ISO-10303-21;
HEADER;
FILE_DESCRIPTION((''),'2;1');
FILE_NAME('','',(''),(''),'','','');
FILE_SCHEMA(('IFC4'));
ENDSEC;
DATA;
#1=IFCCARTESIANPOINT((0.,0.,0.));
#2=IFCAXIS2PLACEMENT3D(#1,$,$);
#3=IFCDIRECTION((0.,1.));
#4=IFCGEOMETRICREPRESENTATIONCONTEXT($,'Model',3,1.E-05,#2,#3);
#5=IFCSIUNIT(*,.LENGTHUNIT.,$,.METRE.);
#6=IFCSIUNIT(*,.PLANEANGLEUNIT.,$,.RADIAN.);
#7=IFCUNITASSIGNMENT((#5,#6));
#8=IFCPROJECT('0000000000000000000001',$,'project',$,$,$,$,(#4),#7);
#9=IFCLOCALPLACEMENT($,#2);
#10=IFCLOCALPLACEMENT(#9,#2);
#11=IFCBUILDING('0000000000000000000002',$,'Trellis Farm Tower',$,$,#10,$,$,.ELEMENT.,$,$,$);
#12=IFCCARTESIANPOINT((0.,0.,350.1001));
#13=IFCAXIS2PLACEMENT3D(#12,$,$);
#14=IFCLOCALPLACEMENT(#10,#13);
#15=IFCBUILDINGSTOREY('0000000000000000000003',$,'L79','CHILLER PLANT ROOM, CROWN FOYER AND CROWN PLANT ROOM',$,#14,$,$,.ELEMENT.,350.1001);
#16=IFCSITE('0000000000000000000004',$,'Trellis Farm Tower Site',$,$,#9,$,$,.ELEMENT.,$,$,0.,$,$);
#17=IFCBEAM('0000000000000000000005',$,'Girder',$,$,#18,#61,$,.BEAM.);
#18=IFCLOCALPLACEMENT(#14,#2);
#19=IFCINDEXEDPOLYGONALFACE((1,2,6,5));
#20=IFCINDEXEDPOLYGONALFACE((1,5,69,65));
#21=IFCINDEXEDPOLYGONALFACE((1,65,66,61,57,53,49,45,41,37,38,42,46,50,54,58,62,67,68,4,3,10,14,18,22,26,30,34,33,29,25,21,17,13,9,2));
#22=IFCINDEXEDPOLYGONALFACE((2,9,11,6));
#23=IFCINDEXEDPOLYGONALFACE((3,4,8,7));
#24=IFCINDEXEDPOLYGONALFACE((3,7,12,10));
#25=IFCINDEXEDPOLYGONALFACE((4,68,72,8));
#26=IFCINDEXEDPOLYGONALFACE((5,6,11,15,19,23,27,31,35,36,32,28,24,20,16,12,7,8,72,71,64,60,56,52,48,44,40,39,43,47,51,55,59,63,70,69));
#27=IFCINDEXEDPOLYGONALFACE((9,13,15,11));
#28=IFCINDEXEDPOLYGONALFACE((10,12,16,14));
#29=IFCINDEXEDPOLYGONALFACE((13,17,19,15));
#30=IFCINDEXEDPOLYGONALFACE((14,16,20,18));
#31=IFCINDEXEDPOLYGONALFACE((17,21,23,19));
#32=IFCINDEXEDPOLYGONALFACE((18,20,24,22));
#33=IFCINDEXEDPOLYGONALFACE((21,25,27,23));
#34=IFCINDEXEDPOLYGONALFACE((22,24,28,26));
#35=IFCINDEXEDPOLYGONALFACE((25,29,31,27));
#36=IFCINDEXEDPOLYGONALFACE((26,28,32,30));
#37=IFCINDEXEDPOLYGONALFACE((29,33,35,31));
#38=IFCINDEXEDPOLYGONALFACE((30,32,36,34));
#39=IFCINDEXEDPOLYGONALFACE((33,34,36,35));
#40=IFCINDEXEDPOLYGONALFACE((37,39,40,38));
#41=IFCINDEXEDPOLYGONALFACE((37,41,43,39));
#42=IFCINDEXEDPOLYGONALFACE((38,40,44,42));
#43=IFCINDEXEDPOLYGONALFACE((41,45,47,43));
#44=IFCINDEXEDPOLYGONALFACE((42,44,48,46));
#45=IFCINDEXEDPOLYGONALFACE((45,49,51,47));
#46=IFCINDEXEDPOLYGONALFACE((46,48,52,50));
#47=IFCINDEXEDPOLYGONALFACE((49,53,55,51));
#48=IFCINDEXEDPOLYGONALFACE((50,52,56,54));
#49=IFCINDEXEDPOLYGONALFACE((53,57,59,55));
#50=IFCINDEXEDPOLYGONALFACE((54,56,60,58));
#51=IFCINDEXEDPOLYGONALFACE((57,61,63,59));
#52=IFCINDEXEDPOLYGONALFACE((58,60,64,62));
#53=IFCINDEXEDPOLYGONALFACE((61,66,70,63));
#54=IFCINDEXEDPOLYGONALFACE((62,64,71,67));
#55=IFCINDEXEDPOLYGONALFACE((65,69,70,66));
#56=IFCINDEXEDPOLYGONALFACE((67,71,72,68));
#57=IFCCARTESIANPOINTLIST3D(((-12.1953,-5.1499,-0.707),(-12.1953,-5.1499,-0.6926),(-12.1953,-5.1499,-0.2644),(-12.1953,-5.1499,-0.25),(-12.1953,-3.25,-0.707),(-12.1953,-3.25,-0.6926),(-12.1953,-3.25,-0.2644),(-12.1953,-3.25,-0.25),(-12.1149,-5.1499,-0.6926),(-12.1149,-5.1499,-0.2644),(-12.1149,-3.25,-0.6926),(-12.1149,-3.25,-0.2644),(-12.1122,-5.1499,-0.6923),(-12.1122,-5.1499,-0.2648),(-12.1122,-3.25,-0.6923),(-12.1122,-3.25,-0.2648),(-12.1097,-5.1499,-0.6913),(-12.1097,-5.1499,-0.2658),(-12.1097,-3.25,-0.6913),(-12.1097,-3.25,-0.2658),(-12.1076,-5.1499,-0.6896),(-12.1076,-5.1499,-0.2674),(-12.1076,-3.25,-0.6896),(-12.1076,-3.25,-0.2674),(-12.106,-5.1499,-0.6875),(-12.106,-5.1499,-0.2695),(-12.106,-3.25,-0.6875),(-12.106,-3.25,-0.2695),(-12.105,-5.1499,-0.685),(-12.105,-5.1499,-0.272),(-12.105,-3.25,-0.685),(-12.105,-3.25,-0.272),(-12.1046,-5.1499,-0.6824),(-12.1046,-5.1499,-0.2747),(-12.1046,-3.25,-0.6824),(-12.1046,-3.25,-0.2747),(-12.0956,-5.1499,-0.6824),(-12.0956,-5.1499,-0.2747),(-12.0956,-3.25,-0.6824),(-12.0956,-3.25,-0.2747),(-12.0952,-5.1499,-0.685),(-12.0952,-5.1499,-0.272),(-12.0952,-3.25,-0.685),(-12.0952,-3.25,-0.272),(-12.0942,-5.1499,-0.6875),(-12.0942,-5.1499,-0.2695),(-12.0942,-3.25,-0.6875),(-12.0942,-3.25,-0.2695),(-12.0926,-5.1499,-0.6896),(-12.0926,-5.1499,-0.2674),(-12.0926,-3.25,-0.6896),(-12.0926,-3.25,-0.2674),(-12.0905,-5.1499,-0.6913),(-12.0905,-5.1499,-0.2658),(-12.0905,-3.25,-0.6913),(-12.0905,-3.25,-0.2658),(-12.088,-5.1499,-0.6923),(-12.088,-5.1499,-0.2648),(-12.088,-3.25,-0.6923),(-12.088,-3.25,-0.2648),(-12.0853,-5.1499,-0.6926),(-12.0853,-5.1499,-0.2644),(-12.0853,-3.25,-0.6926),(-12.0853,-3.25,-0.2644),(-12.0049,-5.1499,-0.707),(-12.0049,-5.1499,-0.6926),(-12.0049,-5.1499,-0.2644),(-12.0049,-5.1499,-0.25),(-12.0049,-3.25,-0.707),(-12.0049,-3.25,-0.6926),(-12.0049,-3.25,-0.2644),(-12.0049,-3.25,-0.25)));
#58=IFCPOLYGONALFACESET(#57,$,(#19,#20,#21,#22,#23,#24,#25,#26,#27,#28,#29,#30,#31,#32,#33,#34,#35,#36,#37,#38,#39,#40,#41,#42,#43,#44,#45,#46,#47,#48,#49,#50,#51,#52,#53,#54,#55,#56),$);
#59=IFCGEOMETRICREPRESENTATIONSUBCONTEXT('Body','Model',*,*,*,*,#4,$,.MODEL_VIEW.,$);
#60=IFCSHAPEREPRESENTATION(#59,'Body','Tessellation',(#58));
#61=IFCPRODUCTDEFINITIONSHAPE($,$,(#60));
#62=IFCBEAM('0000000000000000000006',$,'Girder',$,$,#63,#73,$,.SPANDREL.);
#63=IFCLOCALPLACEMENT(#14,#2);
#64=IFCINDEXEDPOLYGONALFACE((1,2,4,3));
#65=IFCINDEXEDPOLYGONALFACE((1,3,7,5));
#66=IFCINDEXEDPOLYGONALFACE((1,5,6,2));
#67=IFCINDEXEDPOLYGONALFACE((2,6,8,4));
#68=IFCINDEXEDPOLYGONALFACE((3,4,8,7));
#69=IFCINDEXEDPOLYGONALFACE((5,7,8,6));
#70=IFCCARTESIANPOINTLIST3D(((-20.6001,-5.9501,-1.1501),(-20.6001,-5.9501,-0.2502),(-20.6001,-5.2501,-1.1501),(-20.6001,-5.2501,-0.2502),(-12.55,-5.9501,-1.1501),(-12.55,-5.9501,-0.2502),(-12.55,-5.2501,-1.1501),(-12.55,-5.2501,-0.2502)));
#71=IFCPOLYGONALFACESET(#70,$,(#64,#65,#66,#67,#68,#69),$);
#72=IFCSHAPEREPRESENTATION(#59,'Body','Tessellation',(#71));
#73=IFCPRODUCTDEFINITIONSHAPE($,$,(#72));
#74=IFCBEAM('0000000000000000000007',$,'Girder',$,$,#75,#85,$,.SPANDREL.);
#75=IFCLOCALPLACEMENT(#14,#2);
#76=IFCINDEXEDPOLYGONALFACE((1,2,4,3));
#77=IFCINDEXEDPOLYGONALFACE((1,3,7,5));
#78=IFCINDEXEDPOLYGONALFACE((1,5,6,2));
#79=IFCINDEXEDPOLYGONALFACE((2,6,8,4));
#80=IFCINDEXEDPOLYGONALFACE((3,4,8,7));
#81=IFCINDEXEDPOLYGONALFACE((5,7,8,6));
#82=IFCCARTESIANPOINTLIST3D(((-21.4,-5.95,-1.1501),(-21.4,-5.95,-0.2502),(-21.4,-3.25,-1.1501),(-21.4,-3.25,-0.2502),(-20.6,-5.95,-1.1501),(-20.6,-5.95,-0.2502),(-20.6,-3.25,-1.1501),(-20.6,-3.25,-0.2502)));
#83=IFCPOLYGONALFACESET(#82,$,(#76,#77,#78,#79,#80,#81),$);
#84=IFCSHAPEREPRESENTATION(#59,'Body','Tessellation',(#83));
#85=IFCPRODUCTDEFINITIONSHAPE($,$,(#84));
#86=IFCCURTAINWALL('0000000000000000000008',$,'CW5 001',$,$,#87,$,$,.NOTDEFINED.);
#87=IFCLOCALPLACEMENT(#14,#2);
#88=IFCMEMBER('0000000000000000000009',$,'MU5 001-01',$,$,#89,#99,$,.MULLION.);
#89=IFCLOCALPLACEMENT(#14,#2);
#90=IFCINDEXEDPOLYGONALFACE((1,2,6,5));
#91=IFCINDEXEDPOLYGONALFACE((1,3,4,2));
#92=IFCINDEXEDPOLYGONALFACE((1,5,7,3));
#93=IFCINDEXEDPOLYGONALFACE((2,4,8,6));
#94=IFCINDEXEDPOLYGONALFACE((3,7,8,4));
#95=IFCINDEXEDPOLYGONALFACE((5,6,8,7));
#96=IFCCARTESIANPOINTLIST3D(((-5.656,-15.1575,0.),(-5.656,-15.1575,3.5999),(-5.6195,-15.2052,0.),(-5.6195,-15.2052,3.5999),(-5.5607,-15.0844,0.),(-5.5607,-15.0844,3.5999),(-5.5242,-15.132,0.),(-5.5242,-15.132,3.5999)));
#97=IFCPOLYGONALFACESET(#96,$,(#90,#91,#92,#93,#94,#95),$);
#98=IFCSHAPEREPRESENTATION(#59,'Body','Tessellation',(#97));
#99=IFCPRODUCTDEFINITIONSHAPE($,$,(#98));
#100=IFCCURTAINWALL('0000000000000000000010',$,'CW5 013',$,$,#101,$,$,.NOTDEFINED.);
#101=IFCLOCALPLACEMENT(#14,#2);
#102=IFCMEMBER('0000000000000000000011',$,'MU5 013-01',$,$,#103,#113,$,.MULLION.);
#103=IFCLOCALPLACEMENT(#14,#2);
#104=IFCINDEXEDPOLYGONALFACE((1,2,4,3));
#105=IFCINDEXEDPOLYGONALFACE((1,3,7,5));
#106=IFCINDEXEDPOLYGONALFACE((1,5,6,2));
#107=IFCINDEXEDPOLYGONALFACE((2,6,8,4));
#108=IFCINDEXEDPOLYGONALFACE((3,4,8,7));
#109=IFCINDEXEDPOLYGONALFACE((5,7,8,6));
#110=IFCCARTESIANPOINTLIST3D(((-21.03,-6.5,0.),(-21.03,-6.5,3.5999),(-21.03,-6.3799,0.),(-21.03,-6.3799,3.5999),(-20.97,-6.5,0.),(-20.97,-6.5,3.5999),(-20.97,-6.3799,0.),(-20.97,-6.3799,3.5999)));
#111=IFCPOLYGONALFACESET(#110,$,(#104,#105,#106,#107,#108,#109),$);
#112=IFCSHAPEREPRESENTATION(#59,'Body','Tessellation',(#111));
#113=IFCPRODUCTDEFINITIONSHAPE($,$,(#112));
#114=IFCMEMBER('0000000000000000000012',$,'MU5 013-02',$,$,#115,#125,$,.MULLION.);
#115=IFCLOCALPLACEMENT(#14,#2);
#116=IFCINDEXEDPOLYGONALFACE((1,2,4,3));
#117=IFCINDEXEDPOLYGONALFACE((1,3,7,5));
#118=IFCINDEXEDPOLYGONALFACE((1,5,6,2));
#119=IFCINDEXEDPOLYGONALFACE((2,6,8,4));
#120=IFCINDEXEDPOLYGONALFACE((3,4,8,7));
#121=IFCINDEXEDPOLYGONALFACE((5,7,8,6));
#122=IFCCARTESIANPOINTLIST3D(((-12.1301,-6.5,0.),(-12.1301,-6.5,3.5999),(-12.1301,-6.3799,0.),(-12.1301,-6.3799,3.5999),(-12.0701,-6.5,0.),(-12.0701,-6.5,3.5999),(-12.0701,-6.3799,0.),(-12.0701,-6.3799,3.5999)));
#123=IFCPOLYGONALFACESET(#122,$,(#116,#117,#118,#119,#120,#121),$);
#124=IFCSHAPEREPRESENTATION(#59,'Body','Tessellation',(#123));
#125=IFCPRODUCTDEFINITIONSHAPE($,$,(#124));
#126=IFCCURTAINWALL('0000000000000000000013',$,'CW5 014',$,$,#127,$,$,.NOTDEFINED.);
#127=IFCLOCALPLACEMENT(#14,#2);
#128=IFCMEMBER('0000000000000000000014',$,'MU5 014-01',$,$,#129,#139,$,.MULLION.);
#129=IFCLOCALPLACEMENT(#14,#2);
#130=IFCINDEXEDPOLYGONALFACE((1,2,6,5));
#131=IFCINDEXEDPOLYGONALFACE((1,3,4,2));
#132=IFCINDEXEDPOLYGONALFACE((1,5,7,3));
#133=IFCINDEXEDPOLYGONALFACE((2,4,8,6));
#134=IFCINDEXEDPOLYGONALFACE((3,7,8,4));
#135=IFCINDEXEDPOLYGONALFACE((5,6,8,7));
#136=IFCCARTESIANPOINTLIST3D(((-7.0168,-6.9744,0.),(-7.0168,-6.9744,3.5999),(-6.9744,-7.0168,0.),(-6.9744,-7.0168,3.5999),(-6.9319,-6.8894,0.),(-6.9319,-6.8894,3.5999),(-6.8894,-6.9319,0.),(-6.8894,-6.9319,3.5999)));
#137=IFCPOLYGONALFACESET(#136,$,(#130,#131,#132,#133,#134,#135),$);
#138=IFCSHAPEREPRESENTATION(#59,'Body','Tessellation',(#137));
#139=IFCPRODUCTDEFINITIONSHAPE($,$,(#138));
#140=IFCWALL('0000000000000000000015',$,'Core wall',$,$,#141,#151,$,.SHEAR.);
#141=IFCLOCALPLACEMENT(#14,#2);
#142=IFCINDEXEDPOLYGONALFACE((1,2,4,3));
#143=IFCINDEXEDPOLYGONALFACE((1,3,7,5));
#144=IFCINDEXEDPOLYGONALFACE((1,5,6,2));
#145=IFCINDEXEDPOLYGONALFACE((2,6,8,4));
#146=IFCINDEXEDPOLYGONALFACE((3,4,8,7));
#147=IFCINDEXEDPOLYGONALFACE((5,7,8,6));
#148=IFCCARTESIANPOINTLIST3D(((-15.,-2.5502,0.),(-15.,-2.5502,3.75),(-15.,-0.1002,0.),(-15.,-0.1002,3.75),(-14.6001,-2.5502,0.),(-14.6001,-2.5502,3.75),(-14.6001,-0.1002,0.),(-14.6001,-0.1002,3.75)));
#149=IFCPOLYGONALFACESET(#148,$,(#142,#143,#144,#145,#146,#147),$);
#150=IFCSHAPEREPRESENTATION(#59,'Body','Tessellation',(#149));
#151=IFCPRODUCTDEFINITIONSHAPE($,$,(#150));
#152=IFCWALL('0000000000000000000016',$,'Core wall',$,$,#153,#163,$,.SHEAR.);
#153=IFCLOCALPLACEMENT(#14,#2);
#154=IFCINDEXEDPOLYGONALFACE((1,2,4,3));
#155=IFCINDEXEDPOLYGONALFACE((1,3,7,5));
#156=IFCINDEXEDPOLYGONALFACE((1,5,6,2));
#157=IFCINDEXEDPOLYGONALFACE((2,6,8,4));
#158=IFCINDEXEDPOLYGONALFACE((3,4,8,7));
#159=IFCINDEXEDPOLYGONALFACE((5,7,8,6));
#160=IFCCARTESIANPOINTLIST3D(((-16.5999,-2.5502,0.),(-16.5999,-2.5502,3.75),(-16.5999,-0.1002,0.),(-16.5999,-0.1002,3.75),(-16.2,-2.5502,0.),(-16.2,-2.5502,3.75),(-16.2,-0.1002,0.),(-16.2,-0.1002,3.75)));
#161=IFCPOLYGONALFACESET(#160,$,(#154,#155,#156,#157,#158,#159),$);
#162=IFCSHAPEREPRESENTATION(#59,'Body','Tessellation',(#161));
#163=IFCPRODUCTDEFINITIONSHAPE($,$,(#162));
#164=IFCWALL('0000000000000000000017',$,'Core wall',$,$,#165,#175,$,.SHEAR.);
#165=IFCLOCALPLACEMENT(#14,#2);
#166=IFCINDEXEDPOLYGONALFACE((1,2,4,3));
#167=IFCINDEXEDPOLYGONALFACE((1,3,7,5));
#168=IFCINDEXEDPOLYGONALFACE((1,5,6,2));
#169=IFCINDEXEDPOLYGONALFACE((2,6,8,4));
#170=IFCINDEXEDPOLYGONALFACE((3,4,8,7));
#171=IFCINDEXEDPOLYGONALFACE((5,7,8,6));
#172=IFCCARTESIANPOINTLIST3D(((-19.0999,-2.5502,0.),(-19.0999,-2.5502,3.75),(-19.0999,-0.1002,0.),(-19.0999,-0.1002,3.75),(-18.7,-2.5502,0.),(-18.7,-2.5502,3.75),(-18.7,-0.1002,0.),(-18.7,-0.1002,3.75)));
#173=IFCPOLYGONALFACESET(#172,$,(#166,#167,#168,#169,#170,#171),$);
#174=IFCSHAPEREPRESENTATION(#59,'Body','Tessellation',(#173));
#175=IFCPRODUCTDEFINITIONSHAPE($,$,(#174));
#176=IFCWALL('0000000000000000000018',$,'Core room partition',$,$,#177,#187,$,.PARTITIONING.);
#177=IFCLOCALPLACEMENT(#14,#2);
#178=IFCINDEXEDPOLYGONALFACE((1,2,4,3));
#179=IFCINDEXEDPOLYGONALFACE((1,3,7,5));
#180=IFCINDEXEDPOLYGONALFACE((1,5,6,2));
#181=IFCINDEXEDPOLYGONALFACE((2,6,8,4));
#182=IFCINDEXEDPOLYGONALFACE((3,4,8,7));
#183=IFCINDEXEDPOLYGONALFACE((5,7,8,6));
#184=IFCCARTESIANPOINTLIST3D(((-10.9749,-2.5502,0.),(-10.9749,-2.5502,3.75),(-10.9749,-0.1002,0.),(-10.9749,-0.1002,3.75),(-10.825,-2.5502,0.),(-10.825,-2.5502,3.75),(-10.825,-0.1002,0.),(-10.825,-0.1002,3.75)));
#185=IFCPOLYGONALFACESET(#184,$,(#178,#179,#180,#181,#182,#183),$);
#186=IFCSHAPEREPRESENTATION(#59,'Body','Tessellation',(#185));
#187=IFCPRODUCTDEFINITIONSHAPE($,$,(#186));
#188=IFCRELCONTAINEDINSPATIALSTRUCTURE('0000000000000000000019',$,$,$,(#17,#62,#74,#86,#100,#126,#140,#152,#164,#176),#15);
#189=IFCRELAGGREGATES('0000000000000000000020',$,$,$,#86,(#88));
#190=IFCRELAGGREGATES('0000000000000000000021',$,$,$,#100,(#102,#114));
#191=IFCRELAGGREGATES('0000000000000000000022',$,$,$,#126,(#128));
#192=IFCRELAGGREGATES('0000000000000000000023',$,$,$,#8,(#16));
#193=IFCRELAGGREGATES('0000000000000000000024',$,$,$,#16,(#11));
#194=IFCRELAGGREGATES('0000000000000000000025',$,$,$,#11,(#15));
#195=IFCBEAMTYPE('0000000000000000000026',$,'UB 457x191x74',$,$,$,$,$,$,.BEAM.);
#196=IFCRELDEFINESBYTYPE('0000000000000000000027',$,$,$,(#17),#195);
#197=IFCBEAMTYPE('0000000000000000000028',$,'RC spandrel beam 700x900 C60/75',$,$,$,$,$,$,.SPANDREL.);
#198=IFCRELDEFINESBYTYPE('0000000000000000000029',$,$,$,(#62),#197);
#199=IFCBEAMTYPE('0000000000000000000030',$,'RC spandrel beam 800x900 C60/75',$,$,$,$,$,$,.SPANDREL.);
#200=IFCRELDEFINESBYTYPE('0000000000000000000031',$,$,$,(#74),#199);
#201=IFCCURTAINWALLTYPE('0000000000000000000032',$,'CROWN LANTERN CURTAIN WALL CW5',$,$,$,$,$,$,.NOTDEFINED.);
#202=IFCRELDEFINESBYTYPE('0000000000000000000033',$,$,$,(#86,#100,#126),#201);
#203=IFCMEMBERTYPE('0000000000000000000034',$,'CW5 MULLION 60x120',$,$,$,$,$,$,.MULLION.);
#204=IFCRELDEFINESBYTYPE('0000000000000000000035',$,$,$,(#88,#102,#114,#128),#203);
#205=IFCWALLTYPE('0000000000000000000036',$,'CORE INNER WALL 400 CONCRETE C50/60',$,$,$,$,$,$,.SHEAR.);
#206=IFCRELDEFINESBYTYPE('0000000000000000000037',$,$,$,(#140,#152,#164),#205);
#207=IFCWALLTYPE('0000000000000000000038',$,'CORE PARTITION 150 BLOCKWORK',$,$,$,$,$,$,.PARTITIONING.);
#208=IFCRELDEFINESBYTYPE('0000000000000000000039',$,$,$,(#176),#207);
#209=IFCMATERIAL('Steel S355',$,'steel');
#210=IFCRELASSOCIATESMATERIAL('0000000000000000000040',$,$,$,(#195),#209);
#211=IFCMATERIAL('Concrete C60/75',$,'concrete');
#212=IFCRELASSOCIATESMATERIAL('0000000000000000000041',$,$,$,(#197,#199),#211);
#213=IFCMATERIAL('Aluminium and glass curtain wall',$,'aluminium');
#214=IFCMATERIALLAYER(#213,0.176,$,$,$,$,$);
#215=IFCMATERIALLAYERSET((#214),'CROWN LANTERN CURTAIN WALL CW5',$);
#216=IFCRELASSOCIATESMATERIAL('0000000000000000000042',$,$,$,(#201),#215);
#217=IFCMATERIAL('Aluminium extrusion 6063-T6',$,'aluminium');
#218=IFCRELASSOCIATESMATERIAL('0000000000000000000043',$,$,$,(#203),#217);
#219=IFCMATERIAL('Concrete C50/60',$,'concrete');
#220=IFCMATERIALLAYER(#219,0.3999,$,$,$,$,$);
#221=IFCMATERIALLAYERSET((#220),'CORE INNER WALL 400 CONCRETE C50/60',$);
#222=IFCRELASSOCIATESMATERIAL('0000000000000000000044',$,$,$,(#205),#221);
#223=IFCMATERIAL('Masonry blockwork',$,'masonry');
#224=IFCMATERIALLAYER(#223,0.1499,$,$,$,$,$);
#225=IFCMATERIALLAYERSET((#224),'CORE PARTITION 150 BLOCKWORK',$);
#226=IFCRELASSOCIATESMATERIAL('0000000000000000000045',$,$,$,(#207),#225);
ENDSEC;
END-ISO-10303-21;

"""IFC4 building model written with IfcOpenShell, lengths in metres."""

from ifc_helpers import new_model, si_unit, direction, frame, frame_2d, origin, origin_2d, place, context, subcontext, project, spatial, rectangle, i_section, extrude, source, transform, mapped, material, layer, layer_set, material_profile, profile_set, type_object, element, aggregate, save


model = new_model("IFC4")

# Units and contexts
model_context = context("Model", 3, precision=1e-05, world=origin(), true_north=direction((0.0, 1.0)))
body_context = subcontext(model_context, "Body", "Model", "MODEL_VIEW")
ifc_project = project(units=[si_unit("LENGTHUNIT", "METRE"), si_unit("PLANEANGLEUNIT", "RADIAN")], contexts=[model_context])

# Site, building, storey
site_placement = place(None, origin())
site = spatial("IfcSite", under=ifc_project, at=site_placement, Name="Trellis Farm Tower Site", CompositionType="ELEMENT", RefElevation=0.0)
building_placement = place(site_placement, origin())
building = spatial("IfcBuilding", under=site, at=building_placement, Name="Trellis Farm Tower", CompositionType="ELEMENT")
storey_placement = place(building_placement, frame((0.0, 0.0, 350.1001)))
storey = spatial("IfcBuildingStorey", under=building, at=storey_placement, Name="L79", Description="CHILLER PLANT ROOM, CROWN FOYER AND CROWN PLANT ROOM", CompositionType="ELEMENT", Elevation=350.1001)

# Shared definitions
ifc_material_1 = material(Name="Concrete C50/60", Category="concrete")

# Beams
ifc_material_2 = material(Name="Steel S355", Category="steel")
ifc_material_3 = material(Name="Concrete C60/75", Category="concrete")
ifc_material_profile_1 = material_profile(ifc_material_2, i_section(OverallWidth=0.1904, OverallDepth=0.457, WebThickness=0.009, FlangeThickness=0.0144, FilletRadius=0.0103, at=origin_2d()), Name="UB 457x191x74")
ifc_profile_set_1 = profile_set([ifc_material_profile_1], Name="Steel S355")
beam_type_1 = type_object("IfcBeamType", Name="UB 457x191x74", PredefinedType="BEAM", material=ifc_profile_set_1)
shared_shape_1 = source(origin(), body_context, "Body", "SweptSolid", [
    extrude(i_section(OverallWidth=0.1904, OverallDepth=0.457, WebThickness=0.009, FlangeThickness=0.0144, FilletRadius=0.0103, at=origin_2d()), origin(), (0.0, 0.0, 1.0), 1.8999),
])
beam_1_placement = place(storey_placement, frame((-12.1001, -5.1499, -0.4785), z_axis=(0.0, 1.0, 0.0), x_axis=(-1.0, 0.0, 0.0)))
element("IfcBeam", 1, at=beam_1_placement, inside=storey, type_object=beam_type_1, Name="Girder", PredefinedType="BEAM", context=body_context, shape_type="MappedRepresentation", body=[
    mapped(shared_shape_1, transform((0.0, 0.0, 0.0))),
])
ifc_material_profile_2 = material_profile(ifc_material_3, rectangle(XDim=0.7, YDim=0.8999, at=origin_2d()), Name="RC spandrel beam 700x900 C60/75")
ifc_profile_set_2 = profile_set([ifc_material_profile_2], Name="Concrete C60/75")
beam_type_2 = type_object("IfcBeamType", Name="RC spandrel beam 700x900 C60/75", PredefinedType="SPANDREL", material=ifc_profile_set_2)
shared_shape_2 = source(origin(), body_context, "Body", "SweptSolid", [
    extrude(rectangle(XDim=0.7, YDim=0.8999, at=origin_2d()), origin(), (0.0, 0.0, 1.0), 8.05),
])
beam_2_placement = place(storey_placement, frame((-20.6001, -5.6001, -0.7002), z_axis=(1.0, 0.0, 0.0), x_axis=(0.0, 1.0, 0.0)))
element("IfcBeam", 2, at=beam_2_placement, inside=storey, type_object=beam_type_2, Name="Girder", PredefinedType="SPANDREL", context=body_context, shape_type="MappedRepresentation", body=[
    mapped(shared_shape_2, transform((0.0, 0.0, 0.0))),
])
ifc_material_profile_3 = material_profile(ifc_material_3, rectangle(XDim=0.8, YDim=0.8999, at=origin_2d()), Name="RC spandrel beam 800x900 C60/75")
ifc_profile_set_3 = profile_set([ifc_material_profile_3], Name="Concrete C60/75")
beam_type_3 = type_object("IfcBeamType", Name="RC spandrel beam 800x900 C60/75", PredefinedType="SPANDREL", material=ifc_profile_set_3)
shared_shape_3 = source(origin(), body_context, "Body", "SweptSolid", [
    extrude(rectangle(XDim=0.8, YDim=0.8999, at=origin_2d()), origin(), (0.0, 0.0, 1.0), 2.7),
])
beam_3_placement = place(storey_placement, frame((-21.0, -5.95, -0.7002), z_axis=(0.0, 1.0, 0.0), x_axis=(-1.0, 0.0, 0.0)))
element("IfcBeam", 3, at=beam_3_placement, inside=storey, type_object=beam_type_3, Name="Girder", PredefinedType="SPANDREL", context=body_context, shape_type="MappedRepresentation", body=[
    mapped(shared_shape_3, transform((0.0, 0.0, 0.0))),
])

# Curtain wall, member
ifc_material_4 = material(Name="Aluminium and glass curtain wall", Category="aluminium")
ifc_layer_1 = layer(ifc_material_4, 0.176)
ifc_layer_set_1 = layer_set([ifc_layer_1], Name="CROWN LANTERN CURTAIN WALL CW5")
curtain_wall_type = type_object("IfcCurtainWallType", Name="CROWN LANTERN CURTAIN WALL CW5", PredefinedType="NOTDEFINED", material=ifc_layer_set_1)
placement = place(storey_placement, origin())
curtain_wall_1 = element("IfcCurtainWall", 4, at=placement, inside=storey, type_object=curtain_wall_type, Name="CW5 001", PredefinedType="NOTDEFINED")
ifc_material_5 = material(Name="Aluminium extrusion 6063-T6", Category="aluminium")
ifc_material_profile_4 = material_profile(ifc_material_5, rectangle(XDim=0.0601, YDim=0.1201, at=origin_2d()), Name="MULLION 60x120")
ifc_profile_set_4 = profile_set([ifc_material_profile_4], Name="Aluminium extrusion 6063-T6")
member_type = type_object("IfcMemberType", Name="CW5 MULLION 60x120", PredefinedType="MULLION", material=ifc_profile_set_4)
shared_shape_4 = source(origin(), body_context, "Body", "SweptSolid", [
    extrude(rectangle(XDim=0.0601, YDim=0.1201, at=origin_2d()), origin(), (0.0, 0.0, 1.0), 3.5999),
])
member_1_placement = place(storey_placement, frame((-5.5901, -15.1448, 0.0), z_axis=(0.0, 0.0, 1.0), x_axis=(0.608761, -0.793353, 0.0)))
member_1 = element("IfcMember", 5, at=member_1_placement, type_object=member_type, Name="MU5 001-01", PredefinedType="MULLION", context=body_context, shape_type="MappedRepresentation", body=[
    mapped(shared_shape_4, transform((0.0, 0.0, 0.0))),
])
aggregate(curtain_wall_1, [member_1])

# Curtain wall, members
curtain_wall_2 = element("IfcCurtainWall", 6, at=placement, inside=storey, type_object=curtain_wall_type, Name="CW5 013", PredefinedType="NOTDEFINED")
member_2_placement = place(storey_placement, frame((-21.0, -6.4399, 0.0), z_axis=(0.0, 0.0, 1.0), x_axis=(1.0, 0.0, 0.0)))
member_2 = element("IfcMember", 7, at=member_2_placement, type_object=member_type, Name="MU5 013-01", PredefinedType="MULLION", context=body_context, shape_type="MappedRepresentation", body=[
    mapped(shared_shape_4, transform((0.0, 0.0, 0.0))),
])
member_3_placement = place(storey_placement, frame((-12.1001, -6.4399, 0.0), z_axis=(0.0, 0.0, 1.0), x_axis=(1.0, 0.0, 0.0)))
member_3 = element("IfcMember", 8, at=member_3_placement, type_object=member_type, Name="MU5 013-02", PredefinedType="MULLION", context=body_context, shape_type="MappedRepresentation", body=[
    mapped(shared_shape_4, transform((0.0, 0.0, 0.0))),
])
aggregate(curtain_wall_2, [member_2, member_3])

# Curtain wall, member
curtain_wall_3 = element("IfcCurtainWall", 9, at=placement, inside=storey, type_object=curtain_wall_type, Name="CW5 014", PredefinedType="NOTDEFINED")
member_4_placement = place(storey_placement, frame((-6.9531, -6.9531, 0.0), z_axis=(0.0, 0.0, 1.0), x_axis=(0.707107, -0.707107, 0.0)))
member_4 = element("IfcMember", 10, at=member_4_placement, type_object=member_type, Name="MU5 014-01", PredefinedType="MULLION", context=body_context, shape_type="MappedRepresentation", body=[
    mapped(shared_shape_4, transform((0.0, 0.0, 0.0))),
])
aggregate(curtain_wall_3, [member_4])

# Walls
ifc_layer_2 = layer(ifc_material_1, 0.3999)
ifc_layer_set_2 = layer_set([ifc_layer_2], Name="CORE INNER WALL 400 CONCRETE C50/60")
wall_type_1 = type_object("IfcWallType", Name="CORE INNER WALL 400 CONCRETE C50/60", PredefinedType="SHEAR", material=ifc_layer_set_2)
shared_shape_5 = source(origin(), body_context, "Body", "SweptSolid", [
    extrude(rectangle(XDim=2.45, YDim=0.3999, at=frame_2d((1.2251, 0.0))), origin(), (0.0, 0.0, 1.0), 3.75),
])
for number, where, z_axis, x_axis, name in (
    (11, (-14.8, -0.1001, 0.0), (0.0, 0.0, 1.0), (0.0, -1.0, 0.0), "Core wall"),
    (12, (-16.3999, -0.1001, 0.0), (0.0, 0.0, 1.0), (0.0, -1.0, 0.0), "Core wall"),
    (13, (-18.8999, -0.1001, 0.0), (0.0, 0.0, 1.0), (0.0, -1.0, 0.0), "Core wall"),
):
    element("IfcWall", number, at=place(storey_placement, frame(where, z_axis=z_axis, x_axis=x_axis)), inside=storey, type_object=wall_type_1, Name=name, PredefinedType="SHEAR", context=body_context, shape_type="MappedRepresentation", body=[
        mapped(shared_shape_5, transform((0.0, 0.0, 0.0))),
    ])
ifc_material_6 = material(Name="Masonry blockwork", Category="masonry")
ifc_layer_3 = layer(ifc_material_6, 0.1499)
ifc_layer_set_3 = layer_set([ifc_layer_3], Name="CORE PARTITION 150 BLOCKWORK")
wall_type_2 = type_object("IfcWallType", Name="CORE PARTITION 150 BLOCKWORK", PredefinedType="PARTITIONING", material=ifc_layer_set_3)
shared_shape_6 = source(origin(), body_context, "Body", "SweptSolid", [
    extrude(rectangle(XDim=2.45, YDim=0.1499, at=frame_2d((1.2251, 0.0))), origin(), (0.0, 0.0, 1.0), 3.75),
])
wall_1_placement = place(storey_placement, frame((-10.8999, -0.1001, 0.0), z_axis=(0.0, 0.0, 1.0), x_axis=(0.0, -1.0, 0.0)))
element("IfcWall", 14, at=wall_1_placement, inside=storey, type_object=wall_type_2, Name="Core room partition", PredefinedType="PARTITIONING", context=body_context, shape_type="MappedRepresentation", body=[
    mapped(shared_shape_6, transform((0.0, 0.0, 0.0))),
])

save(model, "model.ifc")
